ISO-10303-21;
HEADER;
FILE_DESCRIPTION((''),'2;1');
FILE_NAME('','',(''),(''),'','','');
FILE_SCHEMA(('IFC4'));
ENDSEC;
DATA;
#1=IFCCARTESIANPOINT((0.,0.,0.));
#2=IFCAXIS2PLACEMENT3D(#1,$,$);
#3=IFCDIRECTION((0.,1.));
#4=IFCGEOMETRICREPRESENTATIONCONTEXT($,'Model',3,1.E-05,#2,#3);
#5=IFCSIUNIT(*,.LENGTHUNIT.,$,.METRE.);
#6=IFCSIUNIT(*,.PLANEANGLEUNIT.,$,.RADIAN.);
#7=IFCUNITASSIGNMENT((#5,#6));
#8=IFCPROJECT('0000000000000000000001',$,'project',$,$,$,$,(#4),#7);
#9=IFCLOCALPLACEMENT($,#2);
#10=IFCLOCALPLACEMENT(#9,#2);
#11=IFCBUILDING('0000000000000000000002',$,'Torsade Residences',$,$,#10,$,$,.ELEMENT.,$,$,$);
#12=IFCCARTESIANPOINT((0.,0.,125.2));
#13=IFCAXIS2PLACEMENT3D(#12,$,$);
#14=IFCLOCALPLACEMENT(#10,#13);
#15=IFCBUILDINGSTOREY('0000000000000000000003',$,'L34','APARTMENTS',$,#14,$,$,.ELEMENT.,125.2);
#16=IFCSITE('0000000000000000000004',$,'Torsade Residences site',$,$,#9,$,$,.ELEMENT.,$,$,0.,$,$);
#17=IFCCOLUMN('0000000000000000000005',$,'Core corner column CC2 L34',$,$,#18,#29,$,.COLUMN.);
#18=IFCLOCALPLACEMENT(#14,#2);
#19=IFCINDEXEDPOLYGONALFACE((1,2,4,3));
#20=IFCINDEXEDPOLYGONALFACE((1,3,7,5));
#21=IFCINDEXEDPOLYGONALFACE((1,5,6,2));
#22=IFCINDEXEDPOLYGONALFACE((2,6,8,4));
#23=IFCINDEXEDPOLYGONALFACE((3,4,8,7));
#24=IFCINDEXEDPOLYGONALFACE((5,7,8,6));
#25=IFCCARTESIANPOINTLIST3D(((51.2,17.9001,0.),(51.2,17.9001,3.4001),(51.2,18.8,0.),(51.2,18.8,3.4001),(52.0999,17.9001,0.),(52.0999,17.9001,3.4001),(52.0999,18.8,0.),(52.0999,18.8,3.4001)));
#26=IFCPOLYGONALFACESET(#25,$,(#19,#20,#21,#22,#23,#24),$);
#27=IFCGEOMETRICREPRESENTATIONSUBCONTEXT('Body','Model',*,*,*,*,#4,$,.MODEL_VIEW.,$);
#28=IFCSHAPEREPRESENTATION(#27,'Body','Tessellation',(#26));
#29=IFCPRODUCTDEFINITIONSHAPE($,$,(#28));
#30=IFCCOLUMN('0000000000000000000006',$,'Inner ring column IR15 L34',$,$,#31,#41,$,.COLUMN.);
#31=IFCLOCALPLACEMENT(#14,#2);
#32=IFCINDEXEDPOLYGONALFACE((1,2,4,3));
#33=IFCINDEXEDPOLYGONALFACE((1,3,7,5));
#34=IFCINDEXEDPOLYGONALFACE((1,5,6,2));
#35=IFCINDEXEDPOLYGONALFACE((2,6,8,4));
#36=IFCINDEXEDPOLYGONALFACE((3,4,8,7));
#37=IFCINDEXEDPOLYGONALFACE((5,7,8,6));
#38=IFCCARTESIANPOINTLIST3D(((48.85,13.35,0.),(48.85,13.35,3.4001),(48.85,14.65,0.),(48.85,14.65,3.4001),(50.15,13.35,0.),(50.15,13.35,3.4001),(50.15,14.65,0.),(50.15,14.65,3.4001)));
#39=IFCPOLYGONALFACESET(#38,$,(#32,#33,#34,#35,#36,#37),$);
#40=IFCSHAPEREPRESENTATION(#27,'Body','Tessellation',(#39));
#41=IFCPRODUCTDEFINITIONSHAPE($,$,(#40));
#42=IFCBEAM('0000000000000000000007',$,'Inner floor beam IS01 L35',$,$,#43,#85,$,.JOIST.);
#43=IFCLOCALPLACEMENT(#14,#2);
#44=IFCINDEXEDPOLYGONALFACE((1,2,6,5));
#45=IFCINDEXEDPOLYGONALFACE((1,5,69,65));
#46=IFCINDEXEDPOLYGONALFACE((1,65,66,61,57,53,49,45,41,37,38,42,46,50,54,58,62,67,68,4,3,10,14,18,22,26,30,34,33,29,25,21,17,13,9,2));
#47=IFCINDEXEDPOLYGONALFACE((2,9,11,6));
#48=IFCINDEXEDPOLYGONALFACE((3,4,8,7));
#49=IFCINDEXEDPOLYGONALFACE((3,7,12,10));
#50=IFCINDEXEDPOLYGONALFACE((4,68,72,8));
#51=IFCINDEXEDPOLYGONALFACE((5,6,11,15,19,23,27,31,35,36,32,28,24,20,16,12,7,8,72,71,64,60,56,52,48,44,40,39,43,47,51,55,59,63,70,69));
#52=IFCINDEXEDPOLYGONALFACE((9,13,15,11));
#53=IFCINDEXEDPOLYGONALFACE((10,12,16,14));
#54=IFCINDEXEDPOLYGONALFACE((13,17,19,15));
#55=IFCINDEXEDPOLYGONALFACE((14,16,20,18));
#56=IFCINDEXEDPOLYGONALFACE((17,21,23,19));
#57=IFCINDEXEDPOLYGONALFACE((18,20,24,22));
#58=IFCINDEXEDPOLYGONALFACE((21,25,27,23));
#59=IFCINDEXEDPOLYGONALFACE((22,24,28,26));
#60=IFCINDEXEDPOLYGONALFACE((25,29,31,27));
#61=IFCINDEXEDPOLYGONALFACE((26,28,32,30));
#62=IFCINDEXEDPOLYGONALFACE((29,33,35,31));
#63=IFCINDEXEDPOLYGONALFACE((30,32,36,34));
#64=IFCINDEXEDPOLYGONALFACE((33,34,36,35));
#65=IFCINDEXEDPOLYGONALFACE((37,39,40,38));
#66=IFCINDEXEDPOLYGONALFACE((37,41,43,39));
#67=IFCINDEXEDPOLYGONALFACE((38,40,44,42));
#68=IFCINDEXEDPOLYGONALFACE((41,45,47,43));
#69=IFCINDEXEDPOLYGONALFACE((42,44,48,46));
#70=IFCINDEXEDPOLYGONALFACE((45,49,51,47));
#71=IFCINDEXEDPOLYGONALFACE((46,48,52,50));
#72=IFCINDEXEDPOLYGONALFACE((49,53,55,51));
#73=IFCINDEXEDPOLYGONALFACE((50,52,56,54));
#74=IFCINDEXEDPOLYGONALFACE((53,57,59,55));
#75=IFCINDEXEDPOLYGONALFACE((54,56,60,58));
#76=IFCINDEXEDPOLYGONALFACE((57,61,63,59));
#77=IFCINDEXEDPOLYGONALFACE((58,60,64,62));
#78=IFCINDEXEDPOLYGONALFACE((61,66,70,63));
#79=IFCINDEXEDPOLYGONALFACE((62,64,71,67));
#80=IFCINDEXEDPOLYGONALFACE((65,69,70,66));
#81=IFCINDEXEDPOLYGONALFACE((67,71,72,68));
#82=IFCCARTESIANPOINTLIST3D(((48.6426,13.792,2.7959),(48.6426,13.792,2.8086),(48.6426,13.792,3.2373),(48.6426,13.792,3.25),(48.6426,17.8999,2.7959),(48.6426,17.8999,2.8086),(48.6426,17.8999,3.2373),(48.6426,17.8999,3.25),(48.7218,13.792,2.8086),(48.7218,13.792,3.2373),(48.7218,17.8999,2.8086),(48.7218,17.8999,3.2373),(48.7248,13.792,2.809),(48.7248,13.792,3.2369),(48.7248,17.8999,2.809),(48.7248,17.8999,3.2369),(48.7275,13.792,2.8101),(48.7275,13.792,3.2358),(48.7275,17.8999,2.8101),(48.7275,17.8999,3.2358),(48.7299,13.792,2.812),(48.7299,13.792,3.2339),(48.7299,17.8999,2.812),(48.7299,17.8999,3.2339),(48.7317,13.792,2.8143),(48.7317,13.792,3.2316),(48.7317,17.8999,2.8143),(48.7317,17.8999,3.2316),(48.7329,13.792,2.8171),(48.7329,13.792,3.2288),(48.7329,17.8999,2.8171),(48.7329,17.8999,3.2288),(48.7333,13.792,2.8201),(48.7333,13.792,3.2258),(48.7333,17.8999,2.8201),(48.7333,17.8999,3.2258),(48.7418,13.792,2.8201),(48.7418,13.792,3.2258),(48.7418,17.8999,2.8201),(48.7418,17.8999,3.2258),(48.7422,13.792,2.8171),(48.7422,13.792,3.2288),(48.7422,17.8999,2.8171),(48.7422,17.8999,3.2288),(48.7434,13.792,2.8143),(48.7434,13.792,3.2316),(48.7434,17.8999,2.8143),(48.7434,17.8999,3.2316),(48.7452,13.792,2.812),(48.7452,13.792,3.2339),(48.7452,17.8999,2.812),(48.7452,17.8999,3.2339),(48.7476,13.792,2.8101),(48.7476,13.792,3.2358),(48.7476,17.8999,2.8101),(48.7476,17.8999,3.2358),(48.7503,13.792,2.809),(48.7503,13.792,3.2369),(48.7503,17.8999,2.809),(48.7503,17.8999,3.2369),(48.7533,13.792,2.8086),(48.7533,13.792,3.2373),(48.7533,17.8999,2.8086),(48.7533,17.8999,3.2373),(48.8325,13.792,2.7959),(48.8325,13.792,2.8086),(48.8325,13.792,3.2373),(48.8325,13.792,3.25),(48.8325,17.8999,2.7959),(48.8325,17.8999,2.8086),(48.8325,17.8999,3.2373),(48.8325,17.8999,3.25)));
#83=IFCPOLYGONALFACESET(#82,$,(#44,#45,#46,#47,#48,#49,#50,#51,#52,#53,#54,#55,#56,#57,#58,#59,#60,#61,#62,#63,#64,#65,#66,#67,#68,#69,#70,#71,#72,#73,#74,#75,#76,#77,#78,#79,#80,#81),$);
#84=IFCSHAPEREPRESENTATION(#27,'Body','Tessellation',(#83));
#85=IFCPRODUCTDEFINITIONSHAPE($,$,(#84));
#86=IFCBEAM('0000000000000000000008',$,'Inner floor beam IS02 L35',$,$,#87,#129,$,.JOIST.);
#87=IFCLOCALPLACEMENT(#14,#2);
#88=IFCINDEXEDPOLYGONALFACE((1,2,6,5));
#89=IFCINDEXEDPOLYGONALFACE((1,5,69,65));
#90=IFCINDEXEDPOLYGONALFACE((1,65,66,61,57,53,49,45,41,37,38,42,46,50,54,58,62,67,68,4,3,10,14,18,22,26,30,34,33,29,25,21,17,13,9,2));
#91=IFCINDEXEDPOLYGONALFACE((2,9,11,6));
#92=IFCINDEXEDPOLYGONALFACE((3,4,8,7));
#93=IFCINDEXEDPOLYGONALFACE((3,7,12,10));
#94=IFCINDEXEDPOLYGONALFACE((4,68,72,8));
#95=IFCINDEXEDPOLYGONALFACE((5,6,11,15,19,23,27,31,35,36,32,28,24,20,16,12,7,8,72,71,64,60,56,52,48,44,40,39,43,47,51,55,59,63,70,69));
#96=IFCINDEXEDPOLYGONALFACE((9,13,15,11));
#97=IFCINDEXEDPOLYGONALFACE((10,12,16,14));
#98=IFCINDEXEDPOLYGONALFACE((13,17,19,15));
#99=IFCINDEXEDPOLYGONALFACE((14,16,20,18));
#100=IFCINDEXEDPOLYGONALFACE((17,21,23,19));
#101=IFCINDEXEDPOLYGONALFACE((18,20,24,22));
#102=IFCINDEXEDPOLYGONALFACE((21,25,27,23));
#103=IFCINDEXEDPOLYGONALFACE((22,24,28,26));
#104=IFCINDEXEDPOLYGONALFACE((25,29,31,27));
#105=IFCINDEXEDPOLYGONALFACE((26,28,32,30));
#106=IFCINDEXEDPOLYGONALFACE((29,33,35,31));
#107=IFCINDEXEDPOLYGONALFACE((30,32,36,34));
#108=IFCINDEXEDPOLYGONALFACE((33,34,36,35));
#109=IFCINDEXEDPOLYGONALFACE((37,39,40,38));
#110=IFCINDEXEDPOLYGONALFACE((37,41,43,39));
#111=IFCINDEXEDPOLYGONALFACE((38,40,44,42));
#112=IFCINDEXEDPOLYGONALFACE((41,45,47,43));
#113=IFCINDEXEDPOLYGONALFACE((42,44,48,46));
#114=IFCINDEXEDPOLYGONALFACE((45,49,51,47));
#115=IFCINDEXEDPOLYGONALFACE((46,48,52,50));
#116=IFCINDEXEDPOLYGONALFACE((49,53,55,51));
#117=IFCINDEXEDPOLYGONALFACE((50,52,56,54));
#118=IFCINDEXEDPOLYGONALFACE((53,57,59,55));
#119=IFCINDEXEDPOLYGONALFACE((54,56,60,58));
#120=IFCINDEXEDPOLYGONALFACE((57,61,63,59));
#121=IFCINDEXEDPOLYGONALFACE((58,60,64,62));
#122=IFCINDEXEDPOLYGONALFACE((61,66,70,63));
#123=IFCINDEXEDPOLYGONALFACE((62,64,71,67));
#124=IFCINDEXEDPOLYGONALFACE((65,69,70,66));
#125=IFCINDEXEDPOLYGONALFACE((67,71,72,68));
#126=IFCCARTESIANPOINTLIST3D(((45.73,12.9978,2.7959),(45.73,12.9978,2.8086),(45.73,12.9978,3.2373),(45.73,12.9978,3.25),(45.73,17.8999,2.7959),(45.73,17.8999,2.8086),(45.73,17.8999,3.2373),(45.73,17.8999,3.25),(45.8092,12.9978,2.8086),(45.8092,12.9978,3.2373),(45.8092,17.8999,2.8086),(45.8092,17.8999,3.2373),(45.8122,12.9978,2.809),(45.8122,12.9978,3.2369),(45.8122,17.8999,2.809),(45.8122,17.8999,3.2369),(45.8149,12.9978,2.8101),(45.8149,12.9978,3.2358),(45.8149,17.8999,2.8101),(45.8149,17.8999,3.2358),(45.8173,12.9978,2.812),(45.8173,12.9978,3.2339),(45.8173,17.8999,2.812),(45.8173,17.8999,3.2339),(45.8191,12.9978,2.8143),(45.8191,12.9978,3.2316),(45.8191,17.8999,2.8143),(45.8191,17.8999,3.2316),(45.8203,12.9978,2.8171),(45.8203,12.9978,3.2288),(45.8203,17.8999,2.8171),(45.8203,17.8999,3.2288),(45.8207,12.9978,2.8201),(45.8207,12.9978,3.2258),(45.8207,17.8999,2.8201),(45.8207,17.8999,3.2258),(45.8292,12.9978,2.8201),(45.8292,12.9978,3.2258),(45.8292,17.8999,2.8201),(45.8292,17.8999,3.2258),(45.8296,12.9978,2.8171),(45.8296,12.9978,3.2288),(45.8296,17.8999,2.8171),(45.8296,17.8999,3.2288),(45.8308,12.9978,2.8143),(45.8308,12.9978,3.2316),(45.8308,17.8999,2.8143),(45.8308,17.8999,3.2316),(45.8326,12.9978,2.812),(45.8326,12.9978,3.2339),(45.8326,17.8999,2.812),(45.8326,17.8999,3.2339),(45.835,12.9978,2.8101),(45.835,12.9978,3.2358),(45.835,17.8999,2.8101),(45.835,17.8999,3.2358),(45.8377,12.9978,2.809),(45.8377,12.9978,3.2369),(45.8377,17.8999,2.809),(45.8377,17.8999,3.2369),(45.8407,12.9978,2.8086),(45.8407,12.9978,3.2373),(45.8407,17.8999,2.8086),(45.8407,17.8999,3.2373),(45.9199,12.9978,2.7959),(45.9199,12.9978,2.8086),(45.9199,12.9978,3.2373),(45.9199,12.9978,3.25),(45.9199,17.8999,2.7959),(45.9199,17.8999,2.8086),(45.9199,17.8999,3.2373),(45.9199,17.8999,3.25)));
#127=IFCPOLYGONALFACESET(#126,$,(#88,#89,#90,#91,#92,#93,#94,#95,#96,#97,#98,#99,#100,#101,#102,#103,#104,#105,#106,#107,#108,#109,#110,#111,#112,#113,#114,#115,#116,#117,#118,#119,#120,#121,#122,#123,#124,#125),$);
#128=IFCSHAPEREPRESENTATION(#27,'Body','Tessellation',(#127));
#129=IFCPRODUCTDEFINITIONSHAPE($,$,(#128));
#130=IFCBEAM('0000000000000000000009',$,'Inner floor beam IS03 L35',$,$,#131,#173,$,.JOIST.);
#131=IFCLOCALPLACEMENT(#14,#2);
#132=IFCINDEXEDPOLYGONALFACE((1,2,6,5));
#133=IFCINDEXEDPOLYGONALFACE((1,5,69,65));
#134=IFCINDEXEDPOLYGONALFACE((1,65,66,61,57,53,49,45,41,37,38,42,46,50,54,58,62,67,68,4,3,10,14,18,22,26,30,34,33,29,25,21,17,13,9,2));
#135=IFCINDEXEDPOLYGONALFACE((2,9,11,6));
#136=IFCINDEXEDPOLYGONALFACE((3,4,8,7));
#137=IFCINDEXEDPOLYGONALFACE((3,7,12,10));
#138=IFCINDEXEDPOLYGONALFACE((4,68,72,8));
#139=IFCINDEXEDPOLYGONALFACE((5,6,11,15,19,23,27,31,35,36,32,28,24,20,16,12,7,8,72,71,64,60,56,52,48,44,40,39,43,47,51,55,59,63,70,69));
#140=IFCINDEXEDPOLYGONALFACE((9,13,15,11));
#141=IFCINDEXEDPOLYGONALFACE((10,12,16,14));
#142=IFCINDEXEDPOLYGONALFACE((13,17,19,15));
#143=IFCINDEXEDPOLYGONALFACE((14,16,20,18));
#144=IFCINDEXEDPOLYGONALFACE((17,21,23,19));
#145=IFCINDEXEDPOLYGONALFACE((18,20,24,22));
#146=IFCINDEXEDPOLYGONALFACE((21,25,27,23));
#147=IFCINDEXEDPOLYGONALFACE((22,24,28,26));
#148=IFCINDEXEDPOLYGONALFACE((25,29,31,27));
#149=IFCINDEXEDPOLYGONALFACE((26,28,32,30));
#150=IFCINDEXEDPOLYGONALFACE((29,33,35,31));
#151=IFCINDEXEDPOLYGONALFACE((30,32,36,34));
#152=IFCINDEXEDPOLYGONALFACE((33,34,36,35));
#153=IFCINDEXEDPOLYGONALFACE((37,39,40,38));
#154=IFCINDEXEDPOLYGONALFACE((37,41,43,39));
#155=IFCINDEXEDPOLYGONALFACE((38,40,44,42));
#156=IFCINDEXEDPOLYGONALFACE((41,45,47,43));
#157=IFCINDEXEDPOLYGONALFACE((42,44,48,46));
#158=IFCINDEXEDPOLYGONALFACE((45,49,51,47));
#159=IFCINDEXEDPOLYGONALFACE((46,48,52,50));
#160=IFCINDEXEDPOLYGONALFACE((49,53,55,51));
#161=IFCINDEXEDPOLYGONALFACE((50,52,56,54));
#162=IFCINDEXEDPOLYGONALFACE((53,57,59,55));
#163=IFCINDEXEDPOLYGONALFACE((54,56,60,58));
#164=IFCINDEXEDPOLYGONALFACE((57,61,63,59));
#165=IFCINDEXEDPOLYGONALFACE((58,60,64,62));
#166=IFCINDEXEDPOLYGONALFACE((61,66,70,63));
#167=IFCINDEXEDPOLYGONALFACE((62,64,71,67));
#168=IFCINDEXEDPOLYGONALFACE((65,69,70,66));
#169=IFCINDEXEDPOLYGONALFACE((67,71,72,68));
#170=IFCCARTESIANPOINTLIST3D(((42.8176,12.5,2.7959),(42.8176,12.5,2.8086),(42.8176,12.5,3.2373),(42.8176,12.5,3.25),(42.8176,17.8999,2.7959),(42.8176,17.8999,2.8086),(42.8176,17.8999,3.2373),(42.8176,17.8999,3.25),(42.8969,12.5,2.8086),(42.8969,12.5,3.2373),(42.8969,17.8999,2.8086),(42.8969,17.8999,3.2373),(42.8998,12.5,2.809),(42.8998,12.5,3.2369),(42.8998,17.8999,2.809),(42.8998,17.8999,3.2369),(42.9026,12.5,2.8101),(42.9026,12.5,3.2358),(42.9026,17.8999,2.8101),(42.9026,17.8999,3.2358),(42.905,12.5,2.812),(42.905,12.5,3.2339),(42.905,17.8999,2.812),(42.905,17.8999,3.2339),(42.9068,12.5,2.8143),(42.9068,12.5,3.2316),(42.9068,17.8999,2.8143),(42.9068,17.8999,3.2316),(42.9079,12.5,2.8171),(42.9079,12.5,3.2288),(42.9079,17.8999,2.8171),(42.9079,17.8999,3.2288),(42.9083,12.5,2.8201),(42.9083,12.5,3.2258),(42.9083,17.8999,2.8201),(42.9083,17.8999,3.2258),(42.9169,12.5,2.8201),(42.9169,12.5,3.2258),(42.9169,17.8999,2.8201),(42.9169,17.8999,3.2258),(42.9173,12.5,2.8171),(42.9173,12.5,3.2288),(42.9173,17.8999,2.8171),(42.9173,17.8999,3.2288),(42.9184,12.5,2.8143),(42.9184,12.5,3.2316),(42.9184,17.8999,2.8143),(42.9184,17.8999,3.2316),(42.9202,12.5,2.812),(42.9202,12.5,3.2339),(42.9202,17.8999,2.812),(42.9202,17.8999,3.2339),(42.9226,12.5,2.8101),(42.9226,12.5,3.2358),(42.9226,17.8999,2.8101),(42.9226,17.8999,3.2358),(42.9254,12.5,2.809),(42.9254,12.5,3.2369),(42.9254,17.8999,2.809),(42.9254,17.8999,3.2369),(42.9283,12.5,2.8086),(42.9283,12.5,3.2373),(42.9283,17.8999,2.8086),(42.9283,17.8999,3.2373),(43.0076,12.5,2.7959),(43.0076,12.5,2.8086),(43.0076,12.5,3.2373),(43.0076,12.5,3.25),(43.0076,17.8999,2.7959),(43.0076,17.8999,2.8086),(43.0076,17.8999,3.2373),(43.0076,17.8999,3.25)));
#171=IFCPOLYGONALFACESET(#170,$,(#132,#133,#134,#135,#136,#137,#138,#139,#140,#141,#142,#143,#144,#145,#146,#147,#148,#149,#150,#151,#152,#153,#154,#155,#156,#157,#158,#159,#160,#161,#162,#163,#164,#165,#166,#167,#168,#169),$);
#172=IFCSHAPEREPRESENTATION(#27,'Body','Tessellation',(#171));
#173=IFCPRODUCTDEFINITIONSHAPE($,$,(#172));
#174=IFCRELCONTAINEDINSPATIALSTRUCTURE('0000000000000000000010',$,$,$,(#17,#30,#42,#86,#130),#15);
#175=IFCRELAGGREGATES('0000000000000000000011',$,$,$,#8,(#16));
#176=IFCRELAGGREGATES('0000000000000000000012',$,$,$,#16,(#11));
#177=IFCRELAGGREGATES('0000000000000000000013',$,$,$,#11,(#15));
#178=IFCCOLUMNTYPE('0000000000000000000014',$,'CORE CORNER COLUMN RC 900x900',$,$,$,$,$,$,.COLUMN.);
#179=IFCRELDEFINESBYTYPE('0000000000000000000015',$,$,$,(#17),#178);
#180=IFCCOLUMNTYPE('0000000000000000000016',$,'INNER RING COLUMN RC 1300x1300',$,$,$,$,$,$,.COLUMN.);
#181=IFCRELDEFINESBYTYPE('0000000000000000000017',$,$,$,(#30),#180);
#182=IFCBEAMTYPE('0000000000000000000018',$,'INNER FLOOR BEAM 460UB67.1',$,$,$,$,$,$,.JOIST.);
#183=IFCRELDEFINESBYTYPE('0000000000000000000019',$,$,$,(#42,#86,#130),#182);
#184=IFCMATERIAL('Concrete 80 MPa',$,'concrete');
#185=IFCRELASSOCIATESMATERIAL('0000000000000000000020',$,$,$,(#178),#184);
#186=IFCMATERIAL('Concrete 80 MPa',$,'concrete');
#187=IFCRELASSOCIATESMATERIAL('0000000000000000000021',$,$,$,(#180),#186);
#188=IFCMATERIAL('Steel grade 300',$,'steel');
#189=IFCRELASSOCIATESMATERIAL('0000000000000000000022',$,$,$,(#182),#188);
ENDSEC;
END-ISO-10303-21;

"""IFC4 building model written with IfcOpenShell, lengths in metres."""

from ifc_helpers import new_model, si_unit, direction, frame, origin, origin_2d, place, context, subcontext, project, spatial, rectangle, i_section, extrude, material, material_profile, profile_set, type_object, element, save


model = new_model("IFC4")

# Units and contexts
model_context = context("Model", 3, precision=1e-05, world=origin(), true_north=direction((0.0, 1.0)))
body_context = subcontext(model_context, "Body", "Model", "MODEL_VIEW")
ifc_project = project(units=[si_unit("LENGTHUNIT", "METRE"), si_unit("PLANEANGLEUNIT", "RADIAN")], contexts=[model_context])

# Site, building, storey
site_placement = place(None, origin())
site = spatial("IfcSite", under=ifc_project, at=site_placement, Name="Torsade Residences site", CompositionType="ELEMENT", RefElevation=0.0)
building_placement = place(site_placement, origin())
building = spatial("IfcBuilding", under=site, at=building_placement, Name="Torsade Residences", CompositionType="ELEMENT")
storey_placement = place(building_placement, frame((0.0, 0.0, 125.2)))
storey = spatial("IfcBuildingStorey", under=building, at=storey_placement, Name="L34", Description="APARTMENTS", CompositionType="ELEMENT", Elevation=125.2)

# Columns
ifc_material_1 = material(Name="Concrete 80 MPa", Category="concrete")
ifc_material_profile_1 = material_profile(ifc_material_1, rectangle(XDim=0.8999, YDim=0.8999, at=origin_2d()), Name="RC 900x900")
ifc_profile_set_1 = profile_set([ifc_material_profile_1], Name="Concrete 80 MPa")
column_type_1 = type_object("IfcColumnType", Name="CORE CORNER COLUMN RC 900x900", PredefinedType="COLUMN", material=ifc_profile_set_1)
column_1_placement = place(storey_placement, frame((51.6499, 18.3501, 0.0), z_axis=(0.0, 0.0, 1.0), x_axis=(1.0, 0.0, 0.0)))
element("IfcColumn", 1, at=column_1_placement, inside=storey, type_object=column_type_1, Name="Core corner column CC2 L34", PredefinedType="COLUMN", context=body_context, shape_type="SweptSolid", body=[
    extrude(rectangle(XDim=0.8999, YDim=0.8999, at=origin_2d()), origin(), (0.0, 0.0, 1.0), 3.4001),
])
ifc_material_2 = material(Name="Concrete 80 MPa", Category="concrete")
ifc_material_profile_2 = material_profile(ifc_material_2, rectangle(XDim=1.3, YDim=1.3, at=origin_2d()), Name="RC 1300x1300")
ifc_profile_set_2 = profile_set([ifc_material_profile_2], Name="Concrete 80 MPa")
column_type_2 = type_object("IfcColumnType", Name="INNER RING COLUMN RC 1300x1300", PredefinedType="COLUMN", material=ifc_profile_set_2)
column_2_placement = place(storey_placement, frame((49.5, 14.0, 0.0), z_axis=(0.0, 0.0, 1.0), x_axis=(1.0, 0.0, 0.0)))
element("IfcColumn", 2, at=column_2_placement, inside=storey, type_object=column_type_2, Name="Inner ring column IR15 L34", PredefinedType="COLUMN", context=body_context, shape_type="SweptSolid", body=[
    extrude(rectangle(XDim=1.3, YDim=1.3, at=origin_2d()), origin(), (0.0, 0.0, 1.0), 3.4001),
])

# Beams
ifc_material_3 = material(Name="Steel grade 300", Category="steel")
ifc_material_profile_3 = material_profile(ifc_material_3, i_section(OverallWidth=0.1899, OverallDepth=0.4541, WebThickness=0.0085, FlangeThickness=0.0127, FilletRadius=0.0115, at=origin_2d()), Name="460UB67.1")
ifc_profile_set_3 = profile_set([ifc_material_profile_3], Name="Steel grade 300")
beam_type_1 = type_object("IfcBeamType", Name="INNER FLOOR BEAM 460UB67.1", PredefinedType="JOIST", material=ifc_profile_set_3)
beam_1_placement = place(storey_placement, frame((48.7375, 17.8999, 3.0229), z_axis=(0.0, -1.0, 0.0), x_axis=(1.0, 0.0, 0.0)))
element("IfcBeam", 3, at=beam_1_placement, inside=storey, type_object=beam_type_1, Name="Inner floor beam IS01 L35", PredefinedType="JOIST", context=body_context, shape_type="SweptSolid", body=[
    extrude(i_section(OverallWidth=0.1899, OverallDepth=0.4541, WebThickness=0.0085, FlangeThickness=0.0127, FilletRadius=0.0115, at=origin_2d()), origin(), (0.0, 0.0, 1.0), 4.1079),
])
beam_2_placement = place(storey_placement, frame((45.825, 17.8999, 3.0229), z_axis=(0.0, -1.0, 0.0), x_axis=(1.0, 0.0, 0.0)))
element("IfcBeam", 4, at=beam_2_placement, inside=storey, type_object=beam_type_1, Name="Inner floor beam IS02 L35", PredefinedType="JOIST", context=body_context, shape_type="SweptSolid", body=[
    extrude(i_section(OverallWidth=0.1899, OverallDepth=0.4541, WebThickness=0.0085, FlangeThickness=0.0127, FilletRadius=0.0115, at=origin_2d()), origin(), (0.0, 0.0, 1.0), 4.9021),
])
for number, where, z_axis, x_axis, name in (
    (5, (42.9126, 17.8999, 3.0229), (0.0, -1.0, 0.0), (1.0, 0.0, 0.0), "Inner floor beam IS03 L35"),
):
    element("IfcBeam", number, at=place(storey_placement, frame(where, z_axis=z_axis, x_axis=x_axis)), inside=storey, type_object=beam_type_1, Name=name, PredefinedType="JOIST", context=body_context, shape_type="SweptSolid", body=[
        extrude(i_section(OverallWidth=0.1899, OverallDepth=0.4541, WebThickness=0.0085, FlangeThickness=0.0127, FilletRadius=0.0115, at=origin_2d()), origin(), (0.0, 0.0, 1.0), 5.3999),
    ])

save(model, "model.ifc")
